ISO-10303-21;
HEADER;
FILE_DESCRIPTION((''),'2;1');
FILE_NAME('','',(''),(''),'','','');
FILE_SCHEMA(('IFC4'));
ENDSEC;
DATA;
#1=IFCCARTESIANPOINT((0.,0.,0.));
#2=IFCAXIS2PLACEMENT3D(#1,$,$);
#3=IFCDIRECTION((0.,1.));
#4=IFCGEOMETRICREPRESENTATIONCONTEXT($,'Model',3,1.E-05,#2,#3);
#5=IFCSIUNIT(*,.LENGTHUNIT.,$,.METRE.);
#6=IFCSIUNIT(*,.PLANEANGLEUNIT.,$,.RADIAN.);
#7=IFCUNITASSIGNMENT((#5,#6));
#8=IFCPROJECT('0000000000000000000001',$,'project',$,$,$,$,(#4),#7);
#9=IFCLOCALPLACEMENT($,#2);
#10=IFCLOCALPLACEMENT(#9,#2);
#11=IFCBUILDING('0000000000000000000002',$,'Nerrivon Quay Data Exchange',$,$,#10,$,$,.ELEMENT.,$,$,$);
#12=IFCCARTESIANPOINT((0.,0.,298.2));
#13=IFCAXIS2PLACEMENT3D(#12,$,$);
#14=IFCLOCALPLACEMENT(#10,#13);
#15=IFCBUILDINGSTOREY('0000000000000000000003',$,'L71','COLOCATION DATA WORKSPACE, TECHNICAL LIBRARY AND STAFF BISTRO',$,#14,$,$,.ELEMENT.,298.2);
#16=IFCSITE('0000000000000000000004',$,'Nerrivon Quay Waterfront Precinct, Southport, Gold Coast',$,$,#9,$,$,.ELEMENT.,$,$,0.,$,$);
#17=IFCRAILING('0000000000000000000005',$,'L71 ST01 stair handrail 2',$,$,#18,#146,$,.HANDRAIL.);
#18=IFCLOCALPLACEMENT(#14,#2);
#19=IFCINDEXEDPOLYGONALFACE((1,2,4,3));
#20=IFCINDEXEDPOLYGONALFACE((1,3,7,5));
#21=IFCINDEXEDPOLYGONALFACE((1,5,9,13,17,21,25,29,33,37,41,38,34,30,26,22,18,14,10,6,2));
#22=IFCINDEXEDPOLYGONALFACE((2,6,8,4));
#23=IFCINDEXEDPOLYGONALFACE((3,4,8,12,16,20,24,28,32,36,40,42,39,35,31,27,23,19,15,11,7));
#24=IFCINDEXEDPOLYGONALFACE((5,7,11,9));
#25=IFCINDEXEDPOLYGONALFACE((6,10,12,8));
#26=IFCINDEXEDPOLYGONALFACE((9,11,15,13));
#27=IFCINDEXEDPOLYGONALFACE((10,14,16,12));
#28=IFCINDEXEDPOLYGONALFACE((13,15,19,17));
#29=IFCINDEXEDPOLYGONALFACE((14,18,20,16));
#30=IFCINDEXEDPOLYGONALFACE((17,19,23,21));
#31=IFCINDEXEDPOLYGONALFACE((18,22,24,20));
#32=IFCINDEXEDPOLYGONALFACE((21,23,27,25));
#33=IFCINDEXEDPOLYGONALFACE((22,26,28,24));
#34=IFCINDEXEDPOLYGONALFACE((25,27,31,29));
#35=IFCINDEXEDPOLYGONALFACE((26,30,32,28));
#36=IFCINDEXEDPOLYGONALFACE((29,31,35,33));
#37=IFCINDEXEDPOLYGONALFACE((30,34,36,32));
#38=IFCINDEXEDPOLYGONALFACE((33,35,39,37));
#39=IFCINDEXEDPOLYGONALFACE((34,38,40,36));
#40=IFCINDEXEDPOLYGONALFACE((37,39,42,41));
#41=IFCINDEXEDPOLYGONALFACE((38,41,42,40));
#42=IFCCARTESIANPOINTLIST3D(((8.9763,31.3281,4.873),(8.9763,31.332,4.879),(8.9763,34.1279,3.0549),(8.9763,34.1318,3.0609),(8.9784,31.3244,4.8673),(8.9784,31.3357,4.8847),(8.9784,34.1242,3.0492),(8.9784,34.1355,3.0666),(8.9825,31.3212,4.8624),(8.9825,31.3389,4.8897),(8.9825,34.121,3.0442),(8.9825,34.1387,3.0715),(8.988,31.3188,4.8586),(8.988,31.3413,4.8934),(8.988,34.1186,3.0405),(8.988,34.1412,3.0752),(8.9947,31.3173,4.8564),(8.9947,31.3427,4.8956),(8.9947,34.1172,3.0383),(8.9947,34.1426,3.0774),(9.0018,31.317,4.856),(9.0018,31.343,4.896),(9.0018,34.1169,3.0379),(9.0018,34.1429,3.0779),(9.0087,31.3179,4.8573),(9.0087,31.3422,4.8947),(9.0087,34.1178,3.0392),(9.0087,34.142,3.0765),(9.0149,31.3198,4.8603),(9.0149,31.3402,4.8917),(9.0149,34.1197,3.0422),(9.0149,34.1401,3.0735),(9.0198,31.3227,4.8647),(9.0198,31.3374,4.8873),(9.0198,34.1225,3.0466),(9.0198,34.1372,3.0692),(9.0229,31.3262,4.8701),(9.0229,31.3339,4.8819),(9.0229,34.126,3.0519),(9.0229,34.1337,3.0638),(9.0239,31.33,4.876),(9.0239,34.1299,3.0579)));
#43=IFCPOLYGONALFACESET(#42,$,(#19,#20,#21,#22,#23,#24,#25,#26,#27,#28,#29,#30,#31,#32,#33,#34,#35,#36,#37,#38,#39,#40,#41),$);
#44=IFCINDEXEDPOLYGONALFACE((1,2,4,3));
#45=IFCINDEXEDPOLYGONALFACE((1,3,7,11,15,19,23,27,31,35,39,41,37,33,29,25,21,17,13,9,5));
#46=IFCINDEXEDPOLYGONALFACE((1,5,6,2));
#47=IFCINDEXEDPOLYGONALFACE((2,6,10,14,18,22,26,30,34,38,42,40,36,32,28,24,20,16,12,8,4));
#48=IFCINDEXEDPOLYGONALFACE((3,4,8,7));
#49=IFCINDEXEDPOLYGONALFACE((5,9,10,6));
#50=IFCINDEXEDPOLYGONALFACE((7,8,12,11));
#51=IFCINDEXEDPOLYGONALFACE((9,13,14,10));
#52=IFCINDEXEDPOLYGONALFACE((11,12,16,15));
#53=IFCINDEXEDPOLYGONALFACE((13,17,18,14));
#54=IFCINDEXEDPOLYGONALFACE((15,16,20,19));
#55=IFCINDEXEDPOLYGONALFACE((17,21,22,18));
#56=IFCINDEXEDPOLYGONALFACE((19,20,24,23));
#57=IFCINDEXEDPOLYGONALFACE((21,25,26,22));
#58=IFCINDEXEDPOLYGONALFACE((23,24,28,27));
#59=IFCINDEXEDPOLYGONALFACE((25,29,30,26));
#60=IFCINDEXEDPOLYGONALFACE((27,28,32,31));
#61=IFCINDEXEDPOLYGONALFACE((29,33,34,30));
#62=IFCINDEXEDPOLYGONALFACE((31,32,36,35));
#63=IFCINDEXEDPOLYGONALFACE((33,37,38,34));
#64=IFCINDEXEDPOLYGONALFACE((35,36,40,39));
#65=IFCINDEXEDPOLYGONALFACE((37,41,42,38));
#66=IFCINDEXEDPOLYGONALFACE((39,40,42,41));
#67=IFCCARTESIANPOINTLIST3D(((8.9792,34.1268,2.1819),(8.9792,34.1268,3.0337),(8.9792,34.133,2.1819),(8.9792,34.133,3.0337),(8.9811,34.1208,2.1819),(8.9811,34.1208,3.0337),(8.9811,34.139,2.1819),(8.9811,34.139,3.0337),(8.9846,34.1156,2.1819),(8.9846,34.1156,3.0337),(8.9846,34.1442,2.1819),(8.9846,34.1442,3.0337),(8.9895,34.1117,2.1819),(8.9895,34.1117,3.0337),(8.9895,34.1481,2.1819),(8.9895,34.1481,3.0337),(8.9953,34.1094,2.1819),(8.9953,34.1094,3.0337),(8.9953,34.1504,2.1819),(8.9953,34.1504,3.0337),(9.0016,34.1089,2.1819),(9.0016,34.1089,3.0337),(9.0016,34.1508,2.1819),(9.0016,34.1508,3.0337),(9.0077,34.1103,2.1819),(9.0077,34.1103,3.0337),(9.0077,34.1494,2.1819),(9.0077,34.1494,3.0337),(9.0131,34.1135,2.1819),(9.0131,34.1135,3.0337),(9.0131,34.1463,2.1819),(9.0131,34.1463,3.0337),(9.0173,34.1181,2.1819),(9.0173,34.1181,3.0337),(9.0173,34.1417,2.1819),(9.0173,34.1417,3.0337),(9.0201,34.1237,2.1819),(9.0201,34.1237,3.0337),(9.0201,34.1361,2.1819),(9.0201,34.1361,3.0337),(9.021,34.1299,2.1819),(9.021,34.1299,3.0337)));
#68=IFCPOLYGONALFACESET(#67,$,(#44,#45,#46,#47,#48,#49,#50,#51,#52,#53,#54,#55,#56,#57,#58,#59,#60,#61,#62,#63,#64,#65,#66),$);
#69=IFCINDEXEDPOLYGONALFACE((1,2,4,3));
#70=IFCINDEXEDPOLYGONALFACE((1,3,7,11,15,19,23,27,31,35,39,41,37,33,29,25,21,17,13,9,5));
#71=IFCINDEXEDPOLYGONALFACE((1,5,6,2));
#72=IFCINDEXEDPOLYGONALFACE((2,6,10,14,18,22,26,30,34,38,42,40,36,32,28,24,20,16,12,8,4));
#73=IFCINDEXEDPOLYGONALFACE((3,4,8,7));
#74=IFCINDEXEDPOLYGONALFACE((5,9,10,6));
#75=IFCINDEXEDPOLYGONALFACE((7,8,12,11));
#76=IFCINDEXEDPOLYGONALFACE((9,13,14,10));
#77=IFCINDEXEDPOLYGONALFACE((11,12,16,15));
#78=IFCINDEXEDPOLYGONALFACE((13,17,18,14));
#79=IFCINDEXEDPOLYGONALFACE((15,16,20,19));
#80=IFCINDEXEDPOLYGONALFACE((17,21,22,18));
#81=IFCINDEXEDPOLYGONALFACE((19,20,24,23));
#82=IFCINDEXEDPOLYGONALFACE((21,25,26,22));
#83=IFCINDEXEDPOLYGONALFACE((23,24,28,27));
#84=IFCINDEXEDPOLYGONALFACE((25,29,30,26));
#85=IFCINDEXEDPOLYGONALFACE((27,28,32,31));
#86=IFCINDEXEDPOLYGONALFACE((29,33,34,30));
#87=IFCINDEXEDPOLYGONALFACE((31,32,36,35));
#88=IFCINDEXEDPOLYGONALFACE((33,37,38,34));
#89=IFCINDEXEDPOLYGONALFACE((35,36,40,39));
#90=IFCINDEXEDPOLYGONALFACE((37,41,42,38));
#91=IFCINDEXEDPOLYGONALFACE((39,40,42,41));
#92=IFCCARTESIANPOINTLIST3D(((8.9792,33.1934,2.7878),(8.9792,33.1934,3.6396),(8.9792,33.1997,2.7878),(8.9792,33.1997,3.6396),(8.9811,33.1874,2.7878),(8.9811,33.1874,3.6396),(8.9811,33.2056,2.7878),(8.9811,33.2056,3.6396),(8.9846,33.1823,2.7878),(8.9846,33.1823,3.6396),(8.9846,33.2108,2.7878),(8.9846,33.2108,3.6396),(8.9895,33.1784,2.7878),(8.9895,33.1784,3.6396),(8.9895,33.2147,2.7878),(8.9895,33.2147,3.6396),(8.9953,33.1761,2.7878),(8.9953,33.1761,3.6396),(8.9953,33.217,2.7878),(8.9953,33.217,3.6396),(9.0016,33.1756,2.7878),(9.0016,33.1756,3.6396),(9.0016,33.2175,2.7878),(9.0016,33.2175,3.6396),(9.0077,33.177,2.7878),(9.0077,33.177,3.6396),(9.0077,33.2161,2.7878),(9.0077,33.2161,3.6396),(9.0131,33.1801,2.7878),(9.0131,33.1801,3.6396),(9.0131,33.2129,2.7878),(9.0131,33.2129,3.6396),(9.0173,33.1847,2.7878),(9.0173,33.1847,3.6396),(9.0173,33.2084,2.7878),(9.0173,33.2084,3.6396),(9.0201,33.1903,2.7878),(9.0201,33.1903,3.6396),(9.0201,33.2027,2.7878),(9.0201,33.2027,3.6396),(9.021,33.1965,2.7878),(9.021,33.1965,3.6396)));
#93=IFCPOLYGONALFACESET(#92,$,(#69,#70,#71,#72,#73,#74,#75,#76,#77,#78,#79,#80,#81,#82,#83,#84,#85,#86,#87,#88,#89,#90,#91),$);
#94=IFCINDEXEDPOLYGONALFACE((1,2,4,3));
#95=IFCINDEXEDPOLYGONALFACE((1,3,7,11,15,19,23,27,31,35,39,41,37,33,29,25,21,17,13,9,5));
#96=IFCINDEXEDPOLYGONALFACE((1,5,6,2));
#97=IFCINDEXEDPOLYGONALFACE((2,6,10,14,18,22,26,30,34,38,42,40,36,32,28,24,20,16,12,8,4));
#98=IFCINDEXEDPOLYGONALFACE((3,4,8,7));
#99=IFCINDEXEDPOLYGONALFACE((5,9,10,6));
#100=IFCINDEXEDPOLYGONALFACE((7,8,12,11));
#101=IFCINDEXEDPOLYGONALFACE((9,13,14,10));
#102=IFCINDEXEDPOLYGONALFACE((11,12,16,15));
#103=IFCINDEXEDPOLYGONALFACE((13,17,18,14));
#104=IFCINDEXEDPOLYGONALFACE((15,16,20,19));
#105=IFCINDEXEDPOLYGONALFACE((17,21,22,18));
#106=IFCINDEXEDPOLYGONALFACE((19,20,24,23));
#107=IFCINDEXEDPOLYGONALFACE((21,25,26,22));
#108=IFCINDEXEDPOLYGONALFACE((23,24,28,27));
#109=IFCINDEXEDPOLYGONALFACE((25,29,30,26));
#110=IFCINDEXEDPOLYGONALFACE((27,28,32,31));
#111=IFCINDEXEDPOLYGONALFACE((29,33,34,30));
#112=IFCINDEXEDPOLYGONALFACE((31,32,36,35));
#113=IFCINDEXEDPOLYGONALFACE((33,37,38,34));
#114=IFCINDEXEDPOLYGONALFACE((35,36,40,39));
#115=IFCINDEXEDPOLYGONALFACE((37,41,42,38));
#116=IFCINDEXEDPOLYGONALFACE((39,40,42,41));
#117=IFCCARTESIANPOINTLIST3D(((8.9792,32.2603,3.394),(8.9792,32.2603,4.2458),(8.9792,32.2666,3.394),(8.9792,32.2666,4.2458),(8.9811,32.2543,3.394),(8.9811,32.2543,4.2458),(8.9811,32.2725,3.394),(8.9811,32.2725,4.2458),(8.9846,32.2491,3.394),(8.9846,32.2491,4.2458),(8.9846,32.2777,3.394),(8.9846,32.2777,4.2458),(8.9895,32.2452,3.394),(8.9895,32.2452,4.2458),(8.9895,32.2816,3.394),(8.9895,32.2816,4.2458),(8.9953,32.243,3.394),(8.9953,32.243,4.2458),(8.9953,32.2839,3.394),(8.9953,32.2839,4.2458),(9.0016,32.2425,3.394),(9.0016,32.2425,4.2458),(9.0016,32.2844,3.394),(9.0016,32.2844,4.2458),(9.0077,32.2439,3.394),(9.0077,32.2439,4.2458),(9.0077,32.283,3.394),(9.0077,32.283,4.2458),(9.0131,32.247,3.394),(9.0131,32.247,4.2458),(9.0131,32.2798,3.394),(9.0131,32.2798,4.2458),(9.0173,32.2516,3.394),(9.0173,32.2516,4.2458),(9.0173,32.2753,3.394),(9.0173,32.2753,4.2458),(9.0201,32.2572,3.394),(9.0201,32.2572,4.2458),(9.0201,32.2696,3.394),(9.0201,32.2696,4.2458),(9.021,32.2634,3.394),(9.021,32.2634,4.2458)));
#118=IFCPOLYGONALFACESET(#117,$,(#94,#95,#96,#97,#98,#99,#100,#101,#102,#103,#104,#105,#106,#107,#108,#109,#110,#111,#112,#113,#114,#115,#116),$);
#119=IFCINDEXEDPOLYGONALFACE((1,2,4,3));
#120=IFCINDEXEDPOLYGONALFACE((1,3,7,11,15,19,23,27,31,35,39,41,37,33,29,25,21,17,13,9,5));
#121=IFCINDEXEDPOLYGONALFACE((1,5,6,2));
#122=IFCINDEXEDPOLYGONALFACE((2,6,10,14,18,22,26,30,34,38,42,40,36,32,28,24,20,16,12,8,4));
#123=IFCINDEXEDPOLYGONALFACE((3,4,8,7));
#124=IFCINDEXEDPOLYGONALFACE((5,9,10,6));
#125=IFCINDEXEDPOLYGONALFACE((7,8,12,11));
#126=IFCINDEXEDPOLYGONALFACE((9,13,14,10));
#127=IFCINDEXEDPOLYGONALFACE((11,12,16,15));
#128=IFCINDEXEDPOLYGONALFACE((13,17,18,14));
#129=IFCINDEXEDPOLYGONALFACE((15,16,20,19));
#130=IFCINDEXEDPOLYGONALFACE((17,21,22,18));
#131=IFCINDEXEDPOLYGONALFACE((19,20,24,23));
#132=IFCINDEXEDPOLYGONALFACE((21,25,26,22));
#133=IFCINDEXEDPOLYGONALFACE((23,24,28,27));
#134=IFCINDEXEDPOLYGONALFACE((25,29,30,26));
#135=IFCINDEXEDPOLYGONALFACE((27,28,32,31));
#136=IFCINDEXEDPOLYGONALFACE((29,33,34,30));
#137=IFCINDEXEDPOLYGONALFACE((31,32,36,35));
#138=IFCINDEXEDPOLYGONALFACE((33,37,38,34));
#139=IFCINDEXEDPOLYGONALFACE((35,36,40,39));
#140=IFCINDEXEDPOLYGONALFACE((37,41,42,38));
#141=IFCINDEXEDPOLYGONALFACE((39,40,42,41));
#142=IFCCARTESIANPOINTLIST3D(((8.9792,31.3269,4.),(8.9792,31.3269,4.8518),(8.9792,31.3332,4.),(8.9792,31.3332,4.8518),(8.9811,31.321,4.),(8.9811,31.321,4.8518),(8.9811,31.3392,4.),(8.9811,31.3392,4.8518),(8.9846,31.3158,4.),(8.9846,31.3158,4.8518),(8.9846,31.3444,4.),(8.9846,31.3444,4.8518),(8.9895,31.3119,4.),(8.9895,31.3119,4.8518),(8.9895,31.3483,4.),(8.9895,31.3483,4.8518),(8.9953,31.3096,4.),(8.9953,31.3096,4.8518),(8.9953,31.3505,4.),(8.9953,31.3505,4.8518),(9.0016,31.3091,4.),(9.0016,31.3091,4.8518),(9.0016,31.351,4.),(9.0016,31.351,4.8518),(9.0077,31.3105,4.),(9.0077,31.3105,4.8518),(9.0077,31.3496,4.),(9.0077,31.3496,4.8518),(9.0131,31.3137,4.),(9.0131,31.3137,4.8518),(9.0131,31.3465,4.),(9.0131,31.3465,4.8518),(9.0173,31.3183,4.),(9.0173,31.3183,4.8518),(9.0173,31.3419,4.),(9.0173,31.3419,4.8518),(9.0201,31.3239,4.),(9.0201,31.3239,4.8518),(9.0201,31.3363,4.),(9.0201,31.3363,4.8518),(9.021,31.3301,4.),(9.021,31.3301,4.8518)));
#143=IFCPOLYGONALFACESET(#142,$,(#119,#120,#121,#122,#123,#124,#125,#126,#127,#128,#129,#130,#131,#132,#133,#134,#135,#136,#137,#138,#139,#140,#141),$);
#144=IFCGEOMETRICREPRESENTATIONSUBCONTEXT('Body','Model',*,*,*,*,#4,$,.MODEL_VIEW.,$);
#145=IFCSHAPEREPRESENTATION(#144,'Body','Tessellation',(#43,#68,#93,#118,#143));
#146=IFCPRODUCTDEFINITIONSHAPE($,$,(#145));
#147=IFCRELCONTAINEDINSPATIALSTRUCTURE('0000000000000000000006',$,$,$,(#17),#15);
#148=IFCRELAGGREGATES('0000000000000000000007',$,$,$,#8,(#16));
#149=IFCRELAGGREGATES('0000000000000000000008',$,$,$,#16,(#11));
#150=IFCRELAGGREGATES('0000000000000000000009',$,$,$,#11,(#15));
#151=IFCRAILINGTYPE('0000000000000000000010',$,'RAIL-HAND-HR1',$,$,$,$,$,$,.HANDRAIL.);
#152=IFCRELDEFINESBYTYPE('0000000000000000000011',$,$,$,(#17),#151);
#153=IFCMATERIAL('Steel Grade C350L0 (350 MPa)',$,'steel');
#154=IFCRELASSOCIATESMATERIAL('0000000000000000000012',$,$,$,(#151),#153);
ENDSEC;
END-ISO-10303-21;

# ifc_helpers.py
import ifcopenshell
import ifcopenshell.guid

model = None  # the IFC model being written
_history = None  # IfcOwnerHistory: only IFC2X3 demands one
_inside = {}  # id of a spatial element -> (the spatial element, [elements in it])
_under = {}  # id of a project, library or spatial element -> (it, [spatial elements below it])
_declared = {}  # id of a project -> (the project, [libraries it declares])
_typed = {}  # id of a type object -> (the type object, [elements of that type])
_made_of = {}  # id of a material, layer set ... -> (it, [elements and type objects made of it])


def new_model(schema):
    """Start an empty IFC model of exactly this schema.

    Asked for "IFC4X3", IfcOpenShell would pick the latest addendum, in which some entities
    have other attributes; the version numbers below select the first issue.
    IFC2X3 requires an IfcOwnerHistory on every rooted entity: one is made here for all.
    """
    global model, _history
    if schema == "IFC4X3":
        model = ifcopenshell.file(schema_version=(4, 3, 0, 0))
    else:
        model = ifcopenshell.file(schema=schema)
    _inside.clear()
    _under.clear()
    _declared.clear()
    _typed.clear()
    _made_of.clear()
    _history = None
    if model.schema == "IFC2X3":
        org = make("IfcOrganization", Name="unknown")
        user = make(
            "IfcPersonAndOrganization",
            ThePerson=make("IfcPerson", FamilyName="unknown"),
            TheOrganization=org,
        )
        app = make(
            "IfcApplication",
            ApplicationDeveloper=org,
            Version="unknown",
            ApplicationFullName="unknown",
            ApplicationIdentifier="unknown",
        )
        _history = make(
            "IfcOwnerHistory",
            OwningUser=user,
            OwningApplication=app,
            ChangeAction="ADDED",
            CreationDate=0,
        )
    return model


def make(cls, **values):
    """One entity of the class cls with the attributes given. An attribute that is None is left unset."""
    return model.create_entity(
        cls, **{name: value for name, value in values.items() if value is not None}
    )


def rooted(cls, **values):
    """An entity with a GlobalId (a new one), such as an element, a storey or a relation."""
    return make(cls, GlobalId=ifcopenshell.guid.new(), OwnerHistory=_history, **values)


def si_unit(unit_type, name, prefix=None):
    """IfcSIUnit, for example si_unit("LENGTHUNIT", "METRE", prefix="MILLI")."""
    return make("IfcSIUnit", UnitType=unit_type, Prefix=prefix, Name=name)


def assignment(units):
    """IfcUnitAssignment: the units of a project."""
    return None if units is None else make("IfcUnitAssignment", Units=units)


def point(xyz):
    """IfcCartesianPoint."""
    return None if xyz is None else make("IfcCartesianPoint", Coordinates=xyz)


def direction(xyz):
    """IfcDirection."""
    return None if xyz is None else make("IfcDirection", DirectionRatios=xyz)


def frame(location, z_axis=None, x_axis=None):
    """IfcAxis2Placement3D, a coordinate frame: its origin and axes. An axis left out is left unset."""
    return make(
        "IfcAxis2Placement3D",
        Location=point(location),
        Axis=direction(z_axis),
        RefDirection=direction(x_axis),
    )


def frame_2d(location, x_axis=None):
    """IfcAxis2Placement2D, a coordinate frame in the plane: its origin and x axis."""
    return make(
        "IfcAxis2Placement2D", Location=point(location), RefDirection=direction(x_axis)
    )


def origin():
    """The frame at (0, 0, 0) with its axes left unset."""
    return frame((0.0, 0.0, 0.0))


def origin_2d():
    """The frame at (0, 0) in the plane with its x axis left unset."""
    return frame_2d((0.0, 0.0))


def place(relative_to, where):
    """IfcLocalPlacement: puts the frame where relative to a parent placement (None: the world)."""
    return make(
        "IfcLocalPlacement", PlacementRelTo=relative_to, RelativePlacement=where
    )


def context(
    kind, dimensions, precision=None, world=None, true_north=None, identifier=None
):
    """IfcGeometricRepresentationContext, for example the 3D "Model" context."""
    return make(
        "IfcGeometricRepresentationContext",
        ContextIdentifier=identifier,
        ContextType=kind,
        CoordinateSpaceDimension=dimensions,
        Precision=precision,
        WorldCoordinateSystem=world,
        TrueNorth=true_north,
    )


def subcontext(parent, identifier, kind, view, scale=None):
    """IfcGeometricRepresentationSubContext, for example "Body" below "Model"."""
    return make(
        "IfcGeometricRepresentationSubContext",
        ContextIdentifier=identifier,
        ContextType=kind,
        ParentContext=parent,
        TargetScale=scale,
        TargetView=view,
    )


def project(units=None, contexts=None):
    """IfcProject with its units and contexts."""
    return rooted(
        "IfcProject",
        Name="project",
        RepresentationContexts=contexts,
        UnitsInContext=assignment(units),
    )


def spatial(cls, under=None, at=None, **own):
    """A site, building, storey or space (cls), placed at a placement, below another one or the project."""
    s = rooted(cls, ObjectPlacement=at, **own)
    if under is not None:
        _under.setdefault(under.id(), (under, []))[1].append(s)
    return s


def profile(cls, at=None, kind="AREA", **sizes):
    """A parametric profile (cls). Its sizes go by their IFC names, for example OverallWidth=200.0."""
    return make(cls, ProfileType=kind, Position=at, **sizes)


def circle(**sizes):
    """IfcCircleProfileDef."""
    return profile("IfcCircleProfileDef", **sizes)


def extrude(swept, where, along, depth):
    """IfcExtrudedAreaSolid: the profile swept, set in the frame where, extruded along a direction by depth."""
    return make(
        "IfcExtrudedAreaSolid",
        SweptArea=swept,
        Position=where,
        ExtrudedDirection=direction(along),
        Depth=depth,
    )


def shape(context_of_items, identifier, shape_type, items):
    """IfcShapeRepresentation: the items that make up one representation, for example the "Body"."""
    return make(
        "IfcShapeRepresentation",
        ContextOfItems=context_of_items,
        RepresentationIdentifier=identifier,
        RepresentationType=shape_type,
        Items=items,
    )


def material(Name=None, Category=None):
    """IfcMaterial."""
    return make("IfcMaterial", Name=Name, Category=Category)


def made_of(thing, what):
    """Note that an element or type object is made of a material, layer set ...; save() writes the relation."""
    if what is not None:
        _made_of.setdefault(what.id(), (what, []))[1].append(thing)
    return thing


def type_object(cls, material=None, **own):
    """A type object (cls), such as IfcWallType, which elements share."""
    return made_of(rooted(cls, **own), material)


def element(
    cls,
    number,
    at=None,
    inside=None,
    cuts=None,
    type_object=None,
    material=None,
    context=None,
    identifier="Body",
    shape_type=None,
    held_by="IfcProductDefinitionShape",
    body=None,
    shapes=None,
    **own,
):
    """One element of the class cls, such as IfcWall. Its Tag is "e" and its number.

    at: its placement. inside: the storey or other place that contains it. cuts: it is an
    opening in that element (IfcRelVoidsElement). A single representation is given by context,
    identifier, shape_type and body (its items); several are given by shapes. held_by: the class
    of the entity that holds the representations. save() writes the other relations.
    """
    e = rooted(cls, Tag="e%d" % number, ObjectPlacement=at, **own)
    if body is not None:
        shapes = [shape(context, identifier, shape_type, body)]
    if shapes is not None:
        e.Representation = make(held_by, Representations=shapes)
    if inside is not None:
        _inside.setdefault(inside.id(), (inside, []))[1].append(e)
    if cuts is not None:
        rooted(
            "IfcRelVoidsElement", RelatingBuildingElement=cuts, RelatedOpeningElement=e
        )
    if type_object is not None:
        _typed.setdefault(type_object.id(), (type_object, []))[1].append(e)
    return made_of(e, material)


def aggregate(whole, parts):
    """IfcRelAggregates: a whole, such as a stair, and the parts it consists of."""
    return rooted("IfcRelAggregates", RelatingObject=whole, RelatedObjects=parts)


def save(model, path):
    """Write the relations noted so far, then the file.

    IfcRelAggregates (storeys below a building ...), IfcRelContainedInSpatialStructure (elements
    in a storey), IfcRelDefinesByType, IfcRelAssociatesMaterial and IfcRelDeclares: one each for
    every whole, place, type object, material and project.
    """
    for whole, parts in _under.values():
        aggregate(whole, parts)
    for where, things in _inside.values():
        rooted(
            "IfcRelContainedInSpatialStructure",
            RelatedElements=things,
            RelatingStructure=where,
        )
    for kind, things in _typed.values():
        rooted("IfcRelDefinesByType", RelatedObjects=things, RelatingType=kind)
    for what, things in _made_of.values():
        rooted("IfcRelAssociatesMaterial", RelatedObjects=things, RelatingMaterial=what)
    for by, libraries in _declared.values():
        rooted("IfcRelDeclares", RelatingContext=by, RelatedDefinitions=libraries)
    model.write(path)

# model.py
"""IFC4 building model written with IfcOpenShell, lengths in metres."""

from ifc_helpers import new_model, si_unit, direction, frame, origin, origin_2d, place, context, subcontext, project, spatial, circle, extrude, material, type_object, element, save


model = new_model("IFC4")

# Units and contexts
model_context = context("Model", 3, precision=1e-05, world=origin(), true_north=direction((0.0, 1.0)))
body_context = subcontext(model_context, "Body", "Model", "MODEL_VIEW")
ifc_project = project(units=[si_unit("LENGTHUNIT", "METRE"), si_unit("PLANEANGLEUNIT", "RADIAN")], contexts=[model_context])

# Site, building, storey
site_placement = place(None, origin())
site = spatial("IfcSite", under=ifc_project, at=site_placement, Name="Nerrivon Quay Waterfront Precinct, Southport, Gold Coast", CompositionType="ELEMENT", RefElevation=0.0)
building_placement = place(site_placement, origin())
building = spatial("IfcBuilding", under=site, at=building_placement, Name="Nerrivon Quay Data Exchange", CompositionType="ELEMENT")
storey_placement = place(building_placement, frame((0.0, 0.0, 298.2)))
storey = spatial("IfcBuildingStorey", under=building, at=storey_placement, Name="L71", Description="COLOCATION DATA WORKSPACE, TECHNICAL LIBRARY AND STAFF BISTRO", CompositionType="ELEMENT", Elevation=298.2)

# Shared definitions
ifc_material_1 = material(Name="Steel Grade C350L0 (350 MPa)", Category="steel")

# Railing
railing_type_1 = type_object("IfcRailingType", Name="RAIL-HAND-HR1", PredefinedType="HANDRAIL", material=ifc_material_1)
railing_1_placement = place(storey_placement, frame((9.0, 34.1299, 2.1819)))
element("IfcRailing", 1, at=railing_1_placement, inside=storey, type_object=railing_type_1, Name="L71 ST01 stair handrail 2", PredefinedType="HANDRAIL", context=body_context, shape_type="SweptSolid", body=[
    extrude(circle(Radius=0.0239, at=origin_2d()), frame((0.0, 0.0, 0.876), z_axis=(0.0, -0.838684, 0.544618), x_axis=(1.0, 0.0, 0.0)), (0.0, 0.0, 1.0), 3.3384),
    extrude(circle(Radius=0.021, at=origin_2d()), origin(), (0.0, 0.0, 1.0), 0.8518),
    extrude(circle(Radius=0.021, at=origin_2d()), frame((0.0, -0.9333, 0.606)), (0.0, 0.0, 1.0), 0.8518),
    extrude(circle(Radius=0.021, at=origin_2d()), frame((0.0, -1.8665, 1.2122)), (0.0, 0.0, 1.0), 0.8518),
    extrude(circle(Radius=0.021, at=origin_2d()), frame((0.0, -2.7998, 1.8181)), (0.0, 0.0, 1.0), 0.8518),
])

save(model, "model.ifc")
